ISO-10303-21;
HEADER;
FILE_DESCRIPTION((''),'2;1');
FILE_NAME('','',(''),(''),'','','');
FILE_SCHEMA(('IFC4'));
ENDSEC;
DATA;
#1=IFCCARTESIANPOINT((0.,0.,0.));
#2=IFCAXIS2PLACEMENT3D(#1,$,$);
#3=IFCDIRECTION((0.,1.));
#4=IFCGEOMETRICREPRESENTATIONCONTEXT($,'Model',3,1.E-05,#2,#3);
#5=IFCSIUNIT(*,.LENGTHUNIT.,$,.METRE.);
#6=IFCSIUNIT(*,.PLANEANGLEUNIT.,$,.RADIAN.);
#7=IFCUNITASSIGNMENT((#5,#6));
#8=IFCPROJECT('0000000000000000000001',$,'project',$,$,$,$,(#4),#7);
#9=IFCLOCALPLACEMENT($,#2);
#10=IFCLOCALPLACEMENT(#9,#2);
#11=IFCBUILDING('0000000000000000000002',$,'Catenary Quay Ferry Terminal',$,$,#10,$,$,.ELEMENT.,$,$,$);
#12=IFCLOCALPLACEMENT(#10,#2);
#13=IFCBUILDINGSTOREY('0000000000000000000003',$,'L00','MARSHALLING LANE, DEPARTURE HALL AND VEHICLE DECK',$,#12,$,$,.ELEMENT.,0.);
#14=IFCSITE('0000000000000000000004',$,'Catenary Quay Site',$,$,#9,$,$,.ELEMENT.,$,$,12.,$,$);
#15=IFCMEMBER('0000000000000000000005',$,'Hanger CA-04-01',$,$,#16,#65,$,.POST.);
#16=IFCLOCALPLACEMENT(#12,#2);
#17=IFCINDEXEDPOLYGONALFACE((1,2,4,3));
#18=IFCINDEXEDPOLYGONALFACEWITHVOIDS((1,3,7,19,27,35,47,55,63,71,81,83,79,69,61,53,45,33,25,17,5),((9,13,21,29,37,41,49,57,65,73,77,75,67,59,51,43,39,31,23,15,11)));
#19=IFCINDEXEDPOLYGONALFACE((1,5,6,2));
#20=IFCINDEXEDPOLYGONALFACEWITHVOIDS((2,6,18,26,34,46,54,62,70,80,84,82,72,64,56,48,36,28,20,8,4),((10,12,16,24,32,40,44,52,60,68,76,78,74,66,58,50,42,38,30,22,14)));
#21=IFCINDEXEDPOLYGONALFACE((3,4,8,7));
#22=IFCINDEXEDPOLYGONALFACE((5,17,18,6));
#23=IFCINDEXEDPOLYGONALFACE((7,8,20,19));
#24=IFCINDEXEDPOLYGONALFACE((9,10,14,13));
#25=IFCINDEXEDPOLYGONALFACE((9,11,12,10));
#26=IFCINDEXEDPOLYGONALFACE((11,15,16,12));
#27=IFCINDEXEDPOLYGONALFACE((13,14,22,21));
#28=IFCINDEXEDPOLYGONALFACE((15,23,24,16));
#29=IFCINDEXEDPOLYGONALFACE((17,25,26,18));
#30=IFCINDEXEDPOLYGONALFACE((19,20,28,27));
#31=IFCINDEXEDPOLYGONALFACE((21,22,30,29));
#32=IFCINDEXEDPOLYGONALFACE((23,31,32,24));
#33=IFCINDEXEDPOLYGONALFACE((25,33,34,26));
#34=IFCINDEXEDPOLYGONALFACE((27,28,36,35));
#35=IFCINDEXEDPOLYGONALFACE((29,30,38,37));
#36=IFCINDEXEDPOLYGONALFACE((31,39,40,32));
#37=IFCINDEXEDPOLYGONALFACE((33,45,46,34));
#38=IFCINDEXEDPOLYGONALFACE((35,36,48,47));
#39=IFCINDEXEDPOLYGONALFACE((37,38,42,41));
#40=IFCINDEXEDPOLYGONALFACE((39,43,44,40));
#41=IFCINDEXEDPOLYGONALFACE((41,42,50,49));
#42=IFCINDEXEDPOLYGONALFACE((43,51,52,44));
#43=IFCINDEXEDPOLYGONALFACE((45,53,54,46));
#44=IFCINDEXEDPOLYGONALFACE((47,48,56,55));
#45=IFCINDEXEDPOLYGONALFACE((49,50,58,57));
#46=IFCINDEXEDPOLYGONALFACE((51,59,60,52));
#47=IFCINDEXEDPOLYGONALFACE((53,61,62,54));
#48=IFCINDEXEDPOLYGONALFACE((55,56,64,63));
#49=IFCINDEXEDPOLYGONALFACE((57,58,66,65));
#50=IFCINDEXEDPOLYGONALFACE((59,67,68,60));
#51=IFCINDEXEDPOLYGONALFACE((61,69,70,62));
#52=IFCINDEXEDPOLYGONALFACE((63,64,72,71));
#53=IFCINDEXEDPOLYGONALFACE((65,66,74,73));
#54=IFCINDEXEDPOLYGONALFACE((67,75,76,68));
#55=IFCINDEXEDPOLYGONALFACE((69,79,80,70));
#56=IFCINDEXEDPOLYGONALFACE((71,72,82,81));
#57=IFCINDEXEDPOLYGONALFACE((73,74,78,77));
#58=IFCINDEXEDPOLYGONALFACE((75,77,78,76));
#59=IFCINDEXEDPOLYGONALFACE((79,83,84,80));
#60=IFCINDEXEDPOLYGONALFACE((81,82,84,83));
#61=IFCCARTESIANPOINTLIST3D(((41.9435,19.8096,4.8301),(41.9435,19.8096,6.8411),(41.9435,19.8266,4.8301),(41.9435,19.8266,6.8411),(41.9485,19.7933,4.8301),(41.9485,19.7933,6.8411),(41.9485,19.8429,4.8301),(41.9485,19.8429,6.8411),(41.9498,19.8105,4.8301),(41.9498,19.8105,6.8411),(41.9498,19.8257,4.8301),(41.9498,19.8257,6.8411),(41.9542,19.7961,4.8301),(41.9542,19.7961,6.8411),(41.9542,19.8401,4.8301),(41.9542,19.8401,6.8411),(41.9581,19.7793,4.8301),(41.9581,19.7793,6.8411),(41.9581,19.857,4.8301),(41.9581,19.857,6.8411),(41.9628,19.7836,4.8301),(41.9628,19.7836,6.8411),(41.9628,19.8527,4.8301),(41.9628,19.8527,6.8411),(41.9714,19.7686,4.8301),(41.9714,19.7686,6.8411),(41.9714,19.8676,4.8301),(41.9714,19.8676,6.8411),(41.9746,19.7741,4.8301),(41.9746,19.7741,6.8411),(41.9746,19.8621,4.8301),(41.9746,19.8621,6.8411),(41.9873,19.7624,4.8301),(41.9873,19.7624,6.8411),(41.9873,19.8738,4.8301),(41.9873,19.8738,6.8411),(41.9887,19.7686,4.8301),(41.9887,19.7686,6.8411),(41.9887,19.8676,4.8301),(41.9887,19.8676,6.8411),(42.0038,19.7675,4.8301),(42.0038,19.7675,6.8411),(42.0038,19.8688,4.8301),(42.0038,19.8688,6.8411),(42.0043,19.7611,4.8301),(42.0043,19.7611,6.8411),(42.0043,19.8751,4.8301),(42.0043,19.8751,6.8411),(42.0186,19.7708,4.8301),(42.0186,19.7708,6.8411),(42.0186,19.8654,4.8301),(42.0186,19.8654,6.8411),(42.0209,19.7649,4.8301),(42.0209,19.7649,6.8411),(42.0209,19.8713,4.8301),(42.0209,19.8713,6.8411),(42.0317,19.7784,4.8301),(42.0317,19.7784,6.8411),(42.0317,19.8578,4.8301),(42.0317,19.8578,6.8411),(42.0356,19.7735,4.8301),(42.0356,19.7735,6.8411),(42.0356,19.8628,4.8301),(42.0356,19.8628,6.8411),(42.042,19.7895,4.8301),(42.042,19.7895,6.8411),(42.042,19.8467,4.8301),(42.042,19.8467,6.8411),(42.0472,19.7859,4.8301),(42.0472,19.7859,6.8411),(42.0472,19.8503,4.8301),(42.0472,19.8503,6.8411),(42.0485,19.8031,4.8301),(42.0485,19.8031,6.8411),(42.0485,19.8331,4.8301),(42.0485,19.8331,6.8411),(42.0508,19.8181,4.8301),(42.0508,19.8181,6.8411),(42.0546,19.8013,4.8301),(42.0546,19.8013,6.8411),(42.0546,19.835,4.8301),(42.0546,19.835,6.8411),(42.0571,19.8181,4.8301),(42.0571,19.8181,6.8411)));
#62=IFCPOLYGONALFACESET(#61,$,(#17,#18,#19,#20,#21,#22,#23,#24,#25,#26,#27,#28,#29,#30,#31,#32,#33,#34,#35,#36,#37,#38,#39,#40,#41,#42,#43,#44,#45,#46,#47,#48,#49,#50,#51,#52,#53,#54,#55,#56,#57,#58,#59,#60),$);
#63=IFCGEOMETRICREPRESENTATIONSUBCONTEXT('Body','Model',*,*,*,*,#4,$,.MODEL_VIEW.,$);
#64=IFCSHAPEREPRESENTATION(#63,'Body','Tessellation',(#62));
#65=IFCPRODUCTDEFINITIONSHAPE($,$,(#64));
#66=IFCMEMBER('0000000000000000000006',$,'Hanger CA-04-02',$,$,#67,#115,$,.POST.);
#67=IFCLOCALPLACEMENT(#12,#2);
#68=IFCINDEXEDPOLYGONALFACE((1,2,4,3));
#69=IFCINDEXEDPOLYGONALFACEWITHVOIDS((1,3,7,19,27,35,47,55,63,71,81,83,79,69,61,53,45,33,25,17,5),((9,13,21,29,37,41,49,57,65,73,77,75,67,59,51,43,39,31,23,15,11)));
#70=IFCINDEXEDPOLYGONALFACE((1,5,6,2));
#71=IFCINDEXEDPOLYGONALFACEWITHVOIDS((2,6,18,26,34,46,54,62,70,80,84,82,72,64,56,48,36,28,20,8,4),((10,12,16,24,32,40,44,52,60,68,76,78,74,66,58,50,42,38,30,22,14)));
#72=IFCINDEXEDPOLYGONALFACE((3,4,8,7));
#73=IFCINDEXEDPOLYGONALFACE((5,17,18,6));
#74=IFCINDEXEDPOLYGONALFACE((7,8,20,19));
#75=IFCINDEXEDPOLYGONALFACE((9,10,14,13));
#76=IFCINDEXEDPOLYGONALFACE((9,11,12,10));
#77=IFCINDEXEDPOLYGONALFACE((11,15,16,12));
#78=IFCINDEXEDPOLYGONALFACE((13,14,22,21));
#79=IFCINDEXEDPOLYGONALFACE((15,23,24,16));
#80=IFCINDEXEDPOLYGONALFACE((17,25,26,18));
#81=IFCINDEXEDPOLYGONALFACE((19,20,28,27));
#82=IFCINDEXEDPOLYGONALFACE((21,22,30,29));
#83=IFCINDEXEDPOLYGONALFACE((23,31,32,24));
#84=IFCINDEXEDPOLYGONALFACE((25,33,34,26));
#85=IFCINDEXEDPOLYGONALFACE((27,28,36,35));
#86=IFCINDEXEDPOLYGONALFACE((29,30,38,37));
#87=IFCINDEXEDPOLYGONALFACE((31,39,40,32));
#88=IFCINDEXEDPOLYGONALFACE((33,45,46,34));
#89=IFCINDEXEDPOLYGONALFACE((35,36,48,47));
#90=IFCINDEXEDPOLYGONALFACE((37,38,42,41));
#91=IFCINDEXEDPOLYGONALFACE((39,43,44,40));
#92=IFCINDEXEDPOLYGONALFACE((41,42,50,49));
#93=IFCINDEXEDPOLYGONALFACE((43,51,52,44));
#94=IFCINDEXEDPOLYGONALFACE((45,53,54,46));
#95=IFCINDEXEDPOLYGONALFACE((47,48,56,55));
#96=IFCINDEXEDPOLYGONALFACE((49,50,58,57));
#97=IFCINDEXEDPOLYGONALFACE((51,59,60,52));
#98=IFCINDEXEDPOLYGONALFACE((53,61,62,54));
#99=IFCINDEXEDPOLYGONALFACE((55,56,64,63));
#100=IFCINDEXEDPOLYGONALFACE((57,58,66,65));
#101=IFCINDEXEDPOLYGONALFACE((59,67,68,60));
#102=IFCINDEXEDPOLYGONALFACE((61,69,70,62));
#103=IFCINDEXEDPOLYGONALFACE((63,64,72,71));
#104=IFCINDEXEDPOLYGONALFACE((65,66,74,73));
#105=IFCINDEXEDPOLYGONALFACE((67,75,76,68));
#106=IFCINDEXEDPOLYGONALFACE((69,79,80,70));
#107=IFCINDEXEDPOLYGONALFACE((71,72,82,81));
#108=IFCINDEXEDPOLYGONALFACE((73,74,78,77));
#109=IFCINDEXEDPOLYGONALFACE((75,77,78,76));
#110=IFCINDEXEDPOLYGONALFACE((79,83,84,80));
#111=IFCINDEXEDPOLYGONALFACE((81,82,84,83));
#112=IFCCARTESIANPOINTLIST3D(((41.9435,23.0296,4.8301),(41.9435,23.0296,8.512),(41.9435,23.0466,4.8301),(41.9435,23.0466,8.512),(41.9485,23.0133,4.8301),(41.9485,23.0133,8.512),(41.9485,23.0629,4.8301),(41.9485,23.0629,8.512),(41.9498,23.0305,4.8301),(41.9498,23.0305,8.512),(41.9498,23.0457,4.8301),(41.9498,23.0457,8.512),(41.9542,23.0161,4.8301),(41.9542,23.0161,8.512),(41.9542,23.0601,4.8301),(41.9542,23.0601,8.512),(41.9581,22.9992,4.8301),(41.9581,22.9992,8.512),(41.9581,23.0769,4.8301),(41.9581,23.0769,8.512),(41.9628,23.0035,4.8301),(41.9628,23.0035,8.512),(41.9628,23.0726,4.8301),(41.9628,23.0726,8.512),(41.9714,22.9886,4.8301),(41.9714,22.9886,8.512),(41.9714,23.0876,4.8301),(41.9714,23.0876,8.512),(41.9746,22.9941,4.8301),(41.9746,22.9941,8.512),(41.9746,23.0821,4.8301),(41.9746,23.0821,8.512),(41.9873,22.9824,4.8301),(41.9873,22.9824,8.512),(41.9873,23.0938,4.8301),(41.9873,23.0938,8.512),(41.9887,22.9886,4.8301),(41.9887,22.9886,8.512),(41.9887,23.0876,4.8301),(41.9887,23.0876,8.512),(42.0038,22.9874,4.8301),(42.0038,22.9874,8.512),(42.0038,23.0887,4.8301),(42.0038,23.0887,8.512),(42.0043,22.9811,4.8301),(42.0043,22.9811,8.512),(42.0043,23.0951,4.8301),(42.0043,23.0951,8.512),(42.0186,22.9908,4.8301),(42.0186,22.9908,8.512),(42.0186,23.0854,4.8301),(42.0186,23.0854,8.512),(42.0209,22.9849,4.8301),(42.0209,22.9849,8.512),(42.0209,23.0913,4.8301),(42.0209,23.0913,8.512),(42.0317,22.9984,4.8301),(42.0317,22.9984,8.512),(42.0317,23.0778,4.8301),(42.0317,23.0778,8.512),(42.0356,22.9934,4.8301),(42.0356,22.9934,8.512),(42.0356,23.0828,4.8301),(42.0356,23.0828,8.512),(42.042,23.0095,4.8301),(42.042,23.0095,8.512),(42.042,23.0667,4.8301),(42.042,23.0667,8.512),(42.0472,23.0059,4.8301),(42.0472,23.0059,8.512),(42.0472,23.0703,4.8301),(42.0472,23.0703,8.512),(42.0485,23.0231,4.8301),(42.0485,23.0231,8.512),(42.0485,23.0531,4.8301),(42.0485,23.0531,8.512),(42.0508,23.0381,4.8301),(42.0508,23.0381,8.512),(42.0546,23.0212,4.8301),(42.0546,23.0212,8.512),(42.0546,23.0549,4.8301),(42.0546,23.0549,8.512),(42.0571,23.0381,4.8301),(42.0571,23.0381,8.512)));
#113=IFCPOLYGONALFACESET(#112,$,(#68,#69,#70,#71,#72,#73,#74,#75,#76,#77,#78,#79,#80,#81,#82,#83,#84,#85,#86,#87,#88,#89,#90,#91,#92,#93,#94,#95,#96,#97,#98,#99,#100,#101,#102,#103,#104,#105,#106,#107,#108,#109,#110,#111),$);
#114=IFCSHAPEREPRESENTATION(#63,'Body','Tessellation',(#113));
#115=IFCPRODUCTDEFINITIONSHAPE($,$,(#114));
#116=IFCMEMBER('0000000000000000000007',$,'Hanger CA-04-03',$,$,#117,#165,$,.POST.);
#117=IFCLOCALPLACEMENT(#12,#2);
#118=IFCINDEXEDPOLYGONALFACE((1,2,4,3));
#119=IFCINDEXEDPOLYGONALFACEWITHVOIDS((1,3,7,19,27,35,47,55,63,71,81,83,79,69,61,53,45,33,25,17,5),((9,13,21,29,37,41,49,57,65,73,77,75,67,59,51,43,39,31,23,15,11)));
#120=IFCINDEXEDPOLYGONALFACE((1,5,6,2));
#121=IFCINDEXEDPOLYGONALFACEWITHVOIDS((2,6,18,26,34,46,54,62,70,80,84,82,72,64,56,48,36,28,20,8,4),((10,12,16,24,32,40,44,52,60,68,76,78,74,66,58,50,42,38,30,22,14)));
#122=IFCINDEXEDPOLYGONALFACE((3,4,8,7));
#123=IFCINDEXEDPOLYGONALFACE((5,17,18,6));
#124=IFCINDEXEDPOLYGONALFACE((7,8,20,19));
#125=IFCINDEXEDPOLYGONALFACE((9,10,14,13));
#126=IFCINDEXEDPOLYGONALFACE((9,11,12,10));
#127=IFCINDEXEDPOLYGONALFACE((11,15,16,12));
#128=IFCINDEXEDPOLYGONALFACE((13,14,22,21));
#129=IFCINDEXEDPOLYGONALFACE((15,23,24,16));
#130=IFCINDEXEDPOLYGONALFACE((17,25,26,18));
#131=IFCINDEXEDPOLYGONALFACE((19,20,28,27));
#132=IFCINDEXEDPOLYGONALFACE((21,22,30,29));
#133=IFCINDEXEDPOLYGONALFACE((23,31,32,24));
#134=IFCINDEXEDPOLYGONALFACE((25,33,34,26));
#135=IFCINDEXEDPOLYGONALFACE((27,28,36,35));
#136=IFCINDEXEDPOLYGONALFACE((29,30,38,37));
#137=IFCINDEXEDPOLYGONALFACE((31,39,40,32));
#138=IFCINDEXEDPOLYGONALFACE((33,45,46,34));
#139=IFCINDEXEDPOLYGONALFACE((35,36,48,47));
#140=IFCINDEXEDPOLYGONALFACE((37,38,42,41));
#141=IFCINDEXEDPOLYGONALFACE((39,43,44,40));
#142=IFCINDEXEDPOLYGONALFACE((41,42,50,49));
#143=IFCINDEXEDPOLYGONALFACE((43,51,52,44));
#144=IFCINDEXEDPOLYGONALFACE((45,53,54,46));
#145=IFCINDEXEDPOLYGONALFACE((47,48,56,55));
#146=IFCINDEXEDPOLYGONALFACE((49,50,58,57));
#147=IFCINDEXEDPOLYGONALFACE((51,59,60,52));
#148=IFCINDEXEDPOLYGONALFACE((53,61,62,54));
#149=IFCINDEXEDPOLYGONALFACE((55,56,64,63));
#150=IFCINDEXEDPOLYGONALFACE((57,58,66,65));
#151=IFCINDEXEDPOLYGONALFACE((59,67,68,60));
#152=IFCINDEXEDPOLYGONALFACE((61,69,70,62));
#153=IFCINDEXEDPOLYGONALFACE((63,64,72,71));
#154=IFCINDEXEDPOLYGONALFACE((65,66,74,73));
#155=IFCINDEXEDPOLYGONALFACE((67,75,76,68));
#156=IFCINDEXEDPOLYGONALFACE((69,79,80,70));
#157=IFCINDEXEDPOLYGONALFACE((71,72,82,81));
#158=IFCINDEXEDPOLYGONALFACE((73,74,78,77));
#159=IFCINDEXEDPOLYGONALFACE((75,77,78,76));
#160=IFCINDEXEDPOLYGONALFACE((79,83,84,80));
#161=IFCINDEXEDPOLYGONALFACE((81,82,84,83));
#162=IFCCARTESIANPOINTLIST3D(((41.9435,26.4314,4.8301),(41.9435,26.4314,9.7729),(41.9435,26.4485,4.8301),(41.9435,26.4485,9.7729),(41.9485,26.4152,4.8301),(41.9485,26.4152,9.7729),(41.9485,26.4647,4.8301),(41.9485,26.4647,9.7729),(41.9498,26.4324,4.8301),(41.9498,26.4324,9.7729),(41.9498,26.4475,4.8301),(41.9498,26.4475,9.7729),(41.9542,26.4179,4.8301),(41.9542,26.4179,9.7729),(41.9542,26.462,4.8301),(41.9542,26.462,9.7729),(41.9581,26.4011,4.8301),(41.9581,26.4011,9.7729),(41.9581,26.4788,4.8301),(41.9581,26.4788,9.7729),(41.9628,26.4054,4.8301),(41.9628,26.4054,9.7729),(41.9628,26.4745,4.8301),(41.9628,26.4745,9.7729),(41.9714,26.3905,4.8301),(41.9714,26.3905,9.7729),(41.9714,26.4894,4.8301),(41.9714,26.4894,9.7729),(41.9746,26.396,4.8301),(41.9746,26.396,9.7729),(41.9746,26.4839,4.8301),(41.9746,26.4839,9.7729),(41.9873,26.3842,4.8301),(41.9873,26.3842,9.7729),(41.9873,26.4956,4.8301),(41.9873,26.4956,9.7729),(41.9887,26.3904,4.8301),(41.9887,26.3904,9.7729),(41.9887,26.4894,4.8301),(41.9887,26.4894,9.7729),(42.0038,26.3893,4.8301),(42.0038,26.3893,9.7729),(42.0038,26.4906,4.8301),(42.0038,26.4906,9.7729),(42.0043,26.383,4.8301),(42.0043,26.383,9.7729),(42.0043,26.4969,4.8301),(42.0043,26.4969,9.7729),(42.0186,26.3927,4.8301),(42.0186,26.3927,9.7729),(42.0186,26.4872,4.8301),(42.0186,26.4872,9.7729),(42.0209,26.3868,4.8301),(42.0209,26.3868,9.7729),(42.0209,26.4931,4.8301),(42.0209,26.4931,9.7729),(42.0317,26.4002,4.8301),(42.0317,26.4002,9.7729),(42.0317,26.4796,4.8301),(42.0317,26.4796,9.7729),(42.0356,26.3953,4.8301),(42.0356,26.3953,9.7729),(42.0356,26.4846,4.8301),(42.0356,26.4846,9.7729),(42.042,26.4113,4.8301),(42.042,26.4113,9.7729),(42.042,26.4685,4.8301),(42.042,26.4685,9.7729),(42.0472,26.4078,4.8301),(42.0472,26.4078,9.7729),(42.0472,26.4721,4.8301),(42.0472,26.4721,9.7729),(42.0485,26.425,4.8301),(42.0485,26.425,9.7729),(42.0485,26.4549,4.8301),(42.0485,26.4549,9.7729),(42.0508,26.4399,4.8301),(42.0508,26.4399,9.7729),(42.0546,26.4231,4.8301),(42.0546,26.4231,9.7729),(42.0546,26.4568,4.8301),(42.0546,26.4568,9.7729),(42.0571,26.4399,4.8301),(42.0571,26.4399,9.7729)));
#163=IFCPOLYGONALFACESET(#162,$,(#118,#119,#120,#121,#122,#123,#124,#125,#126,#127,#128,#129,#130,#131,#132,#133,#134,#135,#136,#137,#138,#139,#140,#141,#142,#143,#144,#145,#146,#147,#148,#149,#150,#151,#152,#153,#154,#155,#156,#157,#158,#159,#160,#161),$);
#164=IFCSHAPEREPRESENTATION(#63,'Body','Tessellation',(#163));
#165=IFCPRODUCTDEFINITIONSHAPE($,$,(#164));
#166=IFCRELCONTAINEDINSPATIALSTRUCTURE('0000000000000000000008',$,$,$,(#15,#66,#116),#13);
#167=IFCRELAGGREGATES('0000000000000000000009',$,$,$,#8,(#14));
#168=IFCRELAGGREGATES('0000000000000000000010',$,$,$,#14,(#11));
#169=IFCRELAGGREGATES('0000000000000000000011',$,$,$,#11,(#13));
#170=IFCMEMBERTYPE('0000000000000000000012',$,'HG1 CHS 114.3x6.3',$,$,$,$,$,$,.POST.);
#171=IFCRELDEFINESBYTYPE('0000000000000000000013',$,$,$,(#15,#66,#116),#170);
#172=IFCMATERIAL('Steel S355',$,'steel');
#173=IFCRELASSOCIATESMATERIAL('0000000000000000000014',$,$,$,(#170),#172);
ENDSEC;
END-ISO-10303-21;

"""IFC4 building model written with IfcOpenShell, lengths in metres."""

from ifc_helpers import new_model, si_unit, direction, frame, origin, origin_2d, place, context, subcontext, project, spatial, hollow_circle, extrude, material, material_profile, profile_set, type_object, element, save


model = new_model("IFC4")

# Units and contexts
model_context = context("Model", 3, precision=1e-05, world=origin(), true_north=direction((0.0, 1.0)))
body_context = subcontext(model_context, "Body", "Model", "MODEL_VIEW")
ifc_project = project(units=[si_unit("LENGTHUNIT", "METRE"), si_unit("PLANEANGLEUNIT", "RADIAN")], contexts=[model_context])

# Site, building, storey
site_placement = place(None, origin())
site = spatial("IfcSite", under=ifc_project, at=site_placement, Name="Catenary Quay Site", CompositionType="ELEMENT", RefElevation=12.0)
building_placement = place(site_placement, origin())
building = spatial("IfcBuilding", under=site, at=building_placement, Name="Catenary Quay Ferry Terminal", CompositionType="ELEMENT")
storey_placement = place(building_placement, origin())
storey = spatial("IfcBuildingStorey", under=building, at=storey_placement, Name="L00", Description="MARSHALLING LANE, DEPARTURE HALL AND VEHICLE DECK", CompositionType="ELEMENT", Elevation=0.0)

# Members
ifc_material_1 = material(Name="Steel S355", Category="steel")
ifc_material_profile_1 = material_profile(ifc_material_1, hollow_circle(Radius=0.0571, WallThickness=0.0063, at=origin_2d()), Name="CHS 114.3x6.3")
ifc_profile_set_1 = profile_set([ifc_material_profile_1], Name="Steel S355")
member_type_1 = type_object("IfcMemberType", Name="HG1 CHS 114.3x6.3", PredefinedType="POST", material=ifc_profile_set_1)
member_1_placement = place(storey_placement, frame((42.0, 19.8181, 4.8301), z_axis=(0.0, 0.0, 1.0), x_axis=(1.0, 0.0, 0.0)))
element("IfcMember", 1, at=member_1_placement, inside=storey, type_object=member_type_1, Name="Hanger CA-04-01", PredefinedType="POST", context=body_context, shape_type="SweptSolid", body=[
    extrude(hollow_circle(Radius=0.0571, WallThickness=0.0063, at=origin_2d()), origin(), (0.0, 0.0, 1.0), 2.011),
])
member_2_placement = place(storey_placement, frame((42.0, 23.0381, 4.8301), z_axis=(0.0, 0.0, 1.0), x_axis=(1.0, 0.0, 0.0)))
element("IfcMember", 2, at=member_2_placement, inside=storey, type_object=member_type_1, Name="Hanger CA-04-02", PredefinedType="POST", context=body_context, shape_type="SweptSolid", body=[
    extrude(hollow_circle(Radius=0.0571, WallThickness=0.0063, at=origin_2d()), origin(), (0.0, 0.0, 1.0), 3.6819),
])
member_3_placement = place(storey_placement, frame((42.0, 26.4399, 4.8301), z_axis=(0.0, 0.0, 1.0), x_axis=(1.0, 0.0, 0.0)))
element("IfcMember", 3, at=member_3_placement, inside=storey, type_object=member_type_1, Name="Hanger CA-04-03", PredefinedType="POST", context=body_context, shape_type="SweptSolid", body=[
    extrude(hollow_circle(Radius=0.0571, WallThickness=0.0063, at=origin_2d()), origin(), (0.0, 0.0, 1.0), 4.9429),
])

save(model, "model.ifc")
